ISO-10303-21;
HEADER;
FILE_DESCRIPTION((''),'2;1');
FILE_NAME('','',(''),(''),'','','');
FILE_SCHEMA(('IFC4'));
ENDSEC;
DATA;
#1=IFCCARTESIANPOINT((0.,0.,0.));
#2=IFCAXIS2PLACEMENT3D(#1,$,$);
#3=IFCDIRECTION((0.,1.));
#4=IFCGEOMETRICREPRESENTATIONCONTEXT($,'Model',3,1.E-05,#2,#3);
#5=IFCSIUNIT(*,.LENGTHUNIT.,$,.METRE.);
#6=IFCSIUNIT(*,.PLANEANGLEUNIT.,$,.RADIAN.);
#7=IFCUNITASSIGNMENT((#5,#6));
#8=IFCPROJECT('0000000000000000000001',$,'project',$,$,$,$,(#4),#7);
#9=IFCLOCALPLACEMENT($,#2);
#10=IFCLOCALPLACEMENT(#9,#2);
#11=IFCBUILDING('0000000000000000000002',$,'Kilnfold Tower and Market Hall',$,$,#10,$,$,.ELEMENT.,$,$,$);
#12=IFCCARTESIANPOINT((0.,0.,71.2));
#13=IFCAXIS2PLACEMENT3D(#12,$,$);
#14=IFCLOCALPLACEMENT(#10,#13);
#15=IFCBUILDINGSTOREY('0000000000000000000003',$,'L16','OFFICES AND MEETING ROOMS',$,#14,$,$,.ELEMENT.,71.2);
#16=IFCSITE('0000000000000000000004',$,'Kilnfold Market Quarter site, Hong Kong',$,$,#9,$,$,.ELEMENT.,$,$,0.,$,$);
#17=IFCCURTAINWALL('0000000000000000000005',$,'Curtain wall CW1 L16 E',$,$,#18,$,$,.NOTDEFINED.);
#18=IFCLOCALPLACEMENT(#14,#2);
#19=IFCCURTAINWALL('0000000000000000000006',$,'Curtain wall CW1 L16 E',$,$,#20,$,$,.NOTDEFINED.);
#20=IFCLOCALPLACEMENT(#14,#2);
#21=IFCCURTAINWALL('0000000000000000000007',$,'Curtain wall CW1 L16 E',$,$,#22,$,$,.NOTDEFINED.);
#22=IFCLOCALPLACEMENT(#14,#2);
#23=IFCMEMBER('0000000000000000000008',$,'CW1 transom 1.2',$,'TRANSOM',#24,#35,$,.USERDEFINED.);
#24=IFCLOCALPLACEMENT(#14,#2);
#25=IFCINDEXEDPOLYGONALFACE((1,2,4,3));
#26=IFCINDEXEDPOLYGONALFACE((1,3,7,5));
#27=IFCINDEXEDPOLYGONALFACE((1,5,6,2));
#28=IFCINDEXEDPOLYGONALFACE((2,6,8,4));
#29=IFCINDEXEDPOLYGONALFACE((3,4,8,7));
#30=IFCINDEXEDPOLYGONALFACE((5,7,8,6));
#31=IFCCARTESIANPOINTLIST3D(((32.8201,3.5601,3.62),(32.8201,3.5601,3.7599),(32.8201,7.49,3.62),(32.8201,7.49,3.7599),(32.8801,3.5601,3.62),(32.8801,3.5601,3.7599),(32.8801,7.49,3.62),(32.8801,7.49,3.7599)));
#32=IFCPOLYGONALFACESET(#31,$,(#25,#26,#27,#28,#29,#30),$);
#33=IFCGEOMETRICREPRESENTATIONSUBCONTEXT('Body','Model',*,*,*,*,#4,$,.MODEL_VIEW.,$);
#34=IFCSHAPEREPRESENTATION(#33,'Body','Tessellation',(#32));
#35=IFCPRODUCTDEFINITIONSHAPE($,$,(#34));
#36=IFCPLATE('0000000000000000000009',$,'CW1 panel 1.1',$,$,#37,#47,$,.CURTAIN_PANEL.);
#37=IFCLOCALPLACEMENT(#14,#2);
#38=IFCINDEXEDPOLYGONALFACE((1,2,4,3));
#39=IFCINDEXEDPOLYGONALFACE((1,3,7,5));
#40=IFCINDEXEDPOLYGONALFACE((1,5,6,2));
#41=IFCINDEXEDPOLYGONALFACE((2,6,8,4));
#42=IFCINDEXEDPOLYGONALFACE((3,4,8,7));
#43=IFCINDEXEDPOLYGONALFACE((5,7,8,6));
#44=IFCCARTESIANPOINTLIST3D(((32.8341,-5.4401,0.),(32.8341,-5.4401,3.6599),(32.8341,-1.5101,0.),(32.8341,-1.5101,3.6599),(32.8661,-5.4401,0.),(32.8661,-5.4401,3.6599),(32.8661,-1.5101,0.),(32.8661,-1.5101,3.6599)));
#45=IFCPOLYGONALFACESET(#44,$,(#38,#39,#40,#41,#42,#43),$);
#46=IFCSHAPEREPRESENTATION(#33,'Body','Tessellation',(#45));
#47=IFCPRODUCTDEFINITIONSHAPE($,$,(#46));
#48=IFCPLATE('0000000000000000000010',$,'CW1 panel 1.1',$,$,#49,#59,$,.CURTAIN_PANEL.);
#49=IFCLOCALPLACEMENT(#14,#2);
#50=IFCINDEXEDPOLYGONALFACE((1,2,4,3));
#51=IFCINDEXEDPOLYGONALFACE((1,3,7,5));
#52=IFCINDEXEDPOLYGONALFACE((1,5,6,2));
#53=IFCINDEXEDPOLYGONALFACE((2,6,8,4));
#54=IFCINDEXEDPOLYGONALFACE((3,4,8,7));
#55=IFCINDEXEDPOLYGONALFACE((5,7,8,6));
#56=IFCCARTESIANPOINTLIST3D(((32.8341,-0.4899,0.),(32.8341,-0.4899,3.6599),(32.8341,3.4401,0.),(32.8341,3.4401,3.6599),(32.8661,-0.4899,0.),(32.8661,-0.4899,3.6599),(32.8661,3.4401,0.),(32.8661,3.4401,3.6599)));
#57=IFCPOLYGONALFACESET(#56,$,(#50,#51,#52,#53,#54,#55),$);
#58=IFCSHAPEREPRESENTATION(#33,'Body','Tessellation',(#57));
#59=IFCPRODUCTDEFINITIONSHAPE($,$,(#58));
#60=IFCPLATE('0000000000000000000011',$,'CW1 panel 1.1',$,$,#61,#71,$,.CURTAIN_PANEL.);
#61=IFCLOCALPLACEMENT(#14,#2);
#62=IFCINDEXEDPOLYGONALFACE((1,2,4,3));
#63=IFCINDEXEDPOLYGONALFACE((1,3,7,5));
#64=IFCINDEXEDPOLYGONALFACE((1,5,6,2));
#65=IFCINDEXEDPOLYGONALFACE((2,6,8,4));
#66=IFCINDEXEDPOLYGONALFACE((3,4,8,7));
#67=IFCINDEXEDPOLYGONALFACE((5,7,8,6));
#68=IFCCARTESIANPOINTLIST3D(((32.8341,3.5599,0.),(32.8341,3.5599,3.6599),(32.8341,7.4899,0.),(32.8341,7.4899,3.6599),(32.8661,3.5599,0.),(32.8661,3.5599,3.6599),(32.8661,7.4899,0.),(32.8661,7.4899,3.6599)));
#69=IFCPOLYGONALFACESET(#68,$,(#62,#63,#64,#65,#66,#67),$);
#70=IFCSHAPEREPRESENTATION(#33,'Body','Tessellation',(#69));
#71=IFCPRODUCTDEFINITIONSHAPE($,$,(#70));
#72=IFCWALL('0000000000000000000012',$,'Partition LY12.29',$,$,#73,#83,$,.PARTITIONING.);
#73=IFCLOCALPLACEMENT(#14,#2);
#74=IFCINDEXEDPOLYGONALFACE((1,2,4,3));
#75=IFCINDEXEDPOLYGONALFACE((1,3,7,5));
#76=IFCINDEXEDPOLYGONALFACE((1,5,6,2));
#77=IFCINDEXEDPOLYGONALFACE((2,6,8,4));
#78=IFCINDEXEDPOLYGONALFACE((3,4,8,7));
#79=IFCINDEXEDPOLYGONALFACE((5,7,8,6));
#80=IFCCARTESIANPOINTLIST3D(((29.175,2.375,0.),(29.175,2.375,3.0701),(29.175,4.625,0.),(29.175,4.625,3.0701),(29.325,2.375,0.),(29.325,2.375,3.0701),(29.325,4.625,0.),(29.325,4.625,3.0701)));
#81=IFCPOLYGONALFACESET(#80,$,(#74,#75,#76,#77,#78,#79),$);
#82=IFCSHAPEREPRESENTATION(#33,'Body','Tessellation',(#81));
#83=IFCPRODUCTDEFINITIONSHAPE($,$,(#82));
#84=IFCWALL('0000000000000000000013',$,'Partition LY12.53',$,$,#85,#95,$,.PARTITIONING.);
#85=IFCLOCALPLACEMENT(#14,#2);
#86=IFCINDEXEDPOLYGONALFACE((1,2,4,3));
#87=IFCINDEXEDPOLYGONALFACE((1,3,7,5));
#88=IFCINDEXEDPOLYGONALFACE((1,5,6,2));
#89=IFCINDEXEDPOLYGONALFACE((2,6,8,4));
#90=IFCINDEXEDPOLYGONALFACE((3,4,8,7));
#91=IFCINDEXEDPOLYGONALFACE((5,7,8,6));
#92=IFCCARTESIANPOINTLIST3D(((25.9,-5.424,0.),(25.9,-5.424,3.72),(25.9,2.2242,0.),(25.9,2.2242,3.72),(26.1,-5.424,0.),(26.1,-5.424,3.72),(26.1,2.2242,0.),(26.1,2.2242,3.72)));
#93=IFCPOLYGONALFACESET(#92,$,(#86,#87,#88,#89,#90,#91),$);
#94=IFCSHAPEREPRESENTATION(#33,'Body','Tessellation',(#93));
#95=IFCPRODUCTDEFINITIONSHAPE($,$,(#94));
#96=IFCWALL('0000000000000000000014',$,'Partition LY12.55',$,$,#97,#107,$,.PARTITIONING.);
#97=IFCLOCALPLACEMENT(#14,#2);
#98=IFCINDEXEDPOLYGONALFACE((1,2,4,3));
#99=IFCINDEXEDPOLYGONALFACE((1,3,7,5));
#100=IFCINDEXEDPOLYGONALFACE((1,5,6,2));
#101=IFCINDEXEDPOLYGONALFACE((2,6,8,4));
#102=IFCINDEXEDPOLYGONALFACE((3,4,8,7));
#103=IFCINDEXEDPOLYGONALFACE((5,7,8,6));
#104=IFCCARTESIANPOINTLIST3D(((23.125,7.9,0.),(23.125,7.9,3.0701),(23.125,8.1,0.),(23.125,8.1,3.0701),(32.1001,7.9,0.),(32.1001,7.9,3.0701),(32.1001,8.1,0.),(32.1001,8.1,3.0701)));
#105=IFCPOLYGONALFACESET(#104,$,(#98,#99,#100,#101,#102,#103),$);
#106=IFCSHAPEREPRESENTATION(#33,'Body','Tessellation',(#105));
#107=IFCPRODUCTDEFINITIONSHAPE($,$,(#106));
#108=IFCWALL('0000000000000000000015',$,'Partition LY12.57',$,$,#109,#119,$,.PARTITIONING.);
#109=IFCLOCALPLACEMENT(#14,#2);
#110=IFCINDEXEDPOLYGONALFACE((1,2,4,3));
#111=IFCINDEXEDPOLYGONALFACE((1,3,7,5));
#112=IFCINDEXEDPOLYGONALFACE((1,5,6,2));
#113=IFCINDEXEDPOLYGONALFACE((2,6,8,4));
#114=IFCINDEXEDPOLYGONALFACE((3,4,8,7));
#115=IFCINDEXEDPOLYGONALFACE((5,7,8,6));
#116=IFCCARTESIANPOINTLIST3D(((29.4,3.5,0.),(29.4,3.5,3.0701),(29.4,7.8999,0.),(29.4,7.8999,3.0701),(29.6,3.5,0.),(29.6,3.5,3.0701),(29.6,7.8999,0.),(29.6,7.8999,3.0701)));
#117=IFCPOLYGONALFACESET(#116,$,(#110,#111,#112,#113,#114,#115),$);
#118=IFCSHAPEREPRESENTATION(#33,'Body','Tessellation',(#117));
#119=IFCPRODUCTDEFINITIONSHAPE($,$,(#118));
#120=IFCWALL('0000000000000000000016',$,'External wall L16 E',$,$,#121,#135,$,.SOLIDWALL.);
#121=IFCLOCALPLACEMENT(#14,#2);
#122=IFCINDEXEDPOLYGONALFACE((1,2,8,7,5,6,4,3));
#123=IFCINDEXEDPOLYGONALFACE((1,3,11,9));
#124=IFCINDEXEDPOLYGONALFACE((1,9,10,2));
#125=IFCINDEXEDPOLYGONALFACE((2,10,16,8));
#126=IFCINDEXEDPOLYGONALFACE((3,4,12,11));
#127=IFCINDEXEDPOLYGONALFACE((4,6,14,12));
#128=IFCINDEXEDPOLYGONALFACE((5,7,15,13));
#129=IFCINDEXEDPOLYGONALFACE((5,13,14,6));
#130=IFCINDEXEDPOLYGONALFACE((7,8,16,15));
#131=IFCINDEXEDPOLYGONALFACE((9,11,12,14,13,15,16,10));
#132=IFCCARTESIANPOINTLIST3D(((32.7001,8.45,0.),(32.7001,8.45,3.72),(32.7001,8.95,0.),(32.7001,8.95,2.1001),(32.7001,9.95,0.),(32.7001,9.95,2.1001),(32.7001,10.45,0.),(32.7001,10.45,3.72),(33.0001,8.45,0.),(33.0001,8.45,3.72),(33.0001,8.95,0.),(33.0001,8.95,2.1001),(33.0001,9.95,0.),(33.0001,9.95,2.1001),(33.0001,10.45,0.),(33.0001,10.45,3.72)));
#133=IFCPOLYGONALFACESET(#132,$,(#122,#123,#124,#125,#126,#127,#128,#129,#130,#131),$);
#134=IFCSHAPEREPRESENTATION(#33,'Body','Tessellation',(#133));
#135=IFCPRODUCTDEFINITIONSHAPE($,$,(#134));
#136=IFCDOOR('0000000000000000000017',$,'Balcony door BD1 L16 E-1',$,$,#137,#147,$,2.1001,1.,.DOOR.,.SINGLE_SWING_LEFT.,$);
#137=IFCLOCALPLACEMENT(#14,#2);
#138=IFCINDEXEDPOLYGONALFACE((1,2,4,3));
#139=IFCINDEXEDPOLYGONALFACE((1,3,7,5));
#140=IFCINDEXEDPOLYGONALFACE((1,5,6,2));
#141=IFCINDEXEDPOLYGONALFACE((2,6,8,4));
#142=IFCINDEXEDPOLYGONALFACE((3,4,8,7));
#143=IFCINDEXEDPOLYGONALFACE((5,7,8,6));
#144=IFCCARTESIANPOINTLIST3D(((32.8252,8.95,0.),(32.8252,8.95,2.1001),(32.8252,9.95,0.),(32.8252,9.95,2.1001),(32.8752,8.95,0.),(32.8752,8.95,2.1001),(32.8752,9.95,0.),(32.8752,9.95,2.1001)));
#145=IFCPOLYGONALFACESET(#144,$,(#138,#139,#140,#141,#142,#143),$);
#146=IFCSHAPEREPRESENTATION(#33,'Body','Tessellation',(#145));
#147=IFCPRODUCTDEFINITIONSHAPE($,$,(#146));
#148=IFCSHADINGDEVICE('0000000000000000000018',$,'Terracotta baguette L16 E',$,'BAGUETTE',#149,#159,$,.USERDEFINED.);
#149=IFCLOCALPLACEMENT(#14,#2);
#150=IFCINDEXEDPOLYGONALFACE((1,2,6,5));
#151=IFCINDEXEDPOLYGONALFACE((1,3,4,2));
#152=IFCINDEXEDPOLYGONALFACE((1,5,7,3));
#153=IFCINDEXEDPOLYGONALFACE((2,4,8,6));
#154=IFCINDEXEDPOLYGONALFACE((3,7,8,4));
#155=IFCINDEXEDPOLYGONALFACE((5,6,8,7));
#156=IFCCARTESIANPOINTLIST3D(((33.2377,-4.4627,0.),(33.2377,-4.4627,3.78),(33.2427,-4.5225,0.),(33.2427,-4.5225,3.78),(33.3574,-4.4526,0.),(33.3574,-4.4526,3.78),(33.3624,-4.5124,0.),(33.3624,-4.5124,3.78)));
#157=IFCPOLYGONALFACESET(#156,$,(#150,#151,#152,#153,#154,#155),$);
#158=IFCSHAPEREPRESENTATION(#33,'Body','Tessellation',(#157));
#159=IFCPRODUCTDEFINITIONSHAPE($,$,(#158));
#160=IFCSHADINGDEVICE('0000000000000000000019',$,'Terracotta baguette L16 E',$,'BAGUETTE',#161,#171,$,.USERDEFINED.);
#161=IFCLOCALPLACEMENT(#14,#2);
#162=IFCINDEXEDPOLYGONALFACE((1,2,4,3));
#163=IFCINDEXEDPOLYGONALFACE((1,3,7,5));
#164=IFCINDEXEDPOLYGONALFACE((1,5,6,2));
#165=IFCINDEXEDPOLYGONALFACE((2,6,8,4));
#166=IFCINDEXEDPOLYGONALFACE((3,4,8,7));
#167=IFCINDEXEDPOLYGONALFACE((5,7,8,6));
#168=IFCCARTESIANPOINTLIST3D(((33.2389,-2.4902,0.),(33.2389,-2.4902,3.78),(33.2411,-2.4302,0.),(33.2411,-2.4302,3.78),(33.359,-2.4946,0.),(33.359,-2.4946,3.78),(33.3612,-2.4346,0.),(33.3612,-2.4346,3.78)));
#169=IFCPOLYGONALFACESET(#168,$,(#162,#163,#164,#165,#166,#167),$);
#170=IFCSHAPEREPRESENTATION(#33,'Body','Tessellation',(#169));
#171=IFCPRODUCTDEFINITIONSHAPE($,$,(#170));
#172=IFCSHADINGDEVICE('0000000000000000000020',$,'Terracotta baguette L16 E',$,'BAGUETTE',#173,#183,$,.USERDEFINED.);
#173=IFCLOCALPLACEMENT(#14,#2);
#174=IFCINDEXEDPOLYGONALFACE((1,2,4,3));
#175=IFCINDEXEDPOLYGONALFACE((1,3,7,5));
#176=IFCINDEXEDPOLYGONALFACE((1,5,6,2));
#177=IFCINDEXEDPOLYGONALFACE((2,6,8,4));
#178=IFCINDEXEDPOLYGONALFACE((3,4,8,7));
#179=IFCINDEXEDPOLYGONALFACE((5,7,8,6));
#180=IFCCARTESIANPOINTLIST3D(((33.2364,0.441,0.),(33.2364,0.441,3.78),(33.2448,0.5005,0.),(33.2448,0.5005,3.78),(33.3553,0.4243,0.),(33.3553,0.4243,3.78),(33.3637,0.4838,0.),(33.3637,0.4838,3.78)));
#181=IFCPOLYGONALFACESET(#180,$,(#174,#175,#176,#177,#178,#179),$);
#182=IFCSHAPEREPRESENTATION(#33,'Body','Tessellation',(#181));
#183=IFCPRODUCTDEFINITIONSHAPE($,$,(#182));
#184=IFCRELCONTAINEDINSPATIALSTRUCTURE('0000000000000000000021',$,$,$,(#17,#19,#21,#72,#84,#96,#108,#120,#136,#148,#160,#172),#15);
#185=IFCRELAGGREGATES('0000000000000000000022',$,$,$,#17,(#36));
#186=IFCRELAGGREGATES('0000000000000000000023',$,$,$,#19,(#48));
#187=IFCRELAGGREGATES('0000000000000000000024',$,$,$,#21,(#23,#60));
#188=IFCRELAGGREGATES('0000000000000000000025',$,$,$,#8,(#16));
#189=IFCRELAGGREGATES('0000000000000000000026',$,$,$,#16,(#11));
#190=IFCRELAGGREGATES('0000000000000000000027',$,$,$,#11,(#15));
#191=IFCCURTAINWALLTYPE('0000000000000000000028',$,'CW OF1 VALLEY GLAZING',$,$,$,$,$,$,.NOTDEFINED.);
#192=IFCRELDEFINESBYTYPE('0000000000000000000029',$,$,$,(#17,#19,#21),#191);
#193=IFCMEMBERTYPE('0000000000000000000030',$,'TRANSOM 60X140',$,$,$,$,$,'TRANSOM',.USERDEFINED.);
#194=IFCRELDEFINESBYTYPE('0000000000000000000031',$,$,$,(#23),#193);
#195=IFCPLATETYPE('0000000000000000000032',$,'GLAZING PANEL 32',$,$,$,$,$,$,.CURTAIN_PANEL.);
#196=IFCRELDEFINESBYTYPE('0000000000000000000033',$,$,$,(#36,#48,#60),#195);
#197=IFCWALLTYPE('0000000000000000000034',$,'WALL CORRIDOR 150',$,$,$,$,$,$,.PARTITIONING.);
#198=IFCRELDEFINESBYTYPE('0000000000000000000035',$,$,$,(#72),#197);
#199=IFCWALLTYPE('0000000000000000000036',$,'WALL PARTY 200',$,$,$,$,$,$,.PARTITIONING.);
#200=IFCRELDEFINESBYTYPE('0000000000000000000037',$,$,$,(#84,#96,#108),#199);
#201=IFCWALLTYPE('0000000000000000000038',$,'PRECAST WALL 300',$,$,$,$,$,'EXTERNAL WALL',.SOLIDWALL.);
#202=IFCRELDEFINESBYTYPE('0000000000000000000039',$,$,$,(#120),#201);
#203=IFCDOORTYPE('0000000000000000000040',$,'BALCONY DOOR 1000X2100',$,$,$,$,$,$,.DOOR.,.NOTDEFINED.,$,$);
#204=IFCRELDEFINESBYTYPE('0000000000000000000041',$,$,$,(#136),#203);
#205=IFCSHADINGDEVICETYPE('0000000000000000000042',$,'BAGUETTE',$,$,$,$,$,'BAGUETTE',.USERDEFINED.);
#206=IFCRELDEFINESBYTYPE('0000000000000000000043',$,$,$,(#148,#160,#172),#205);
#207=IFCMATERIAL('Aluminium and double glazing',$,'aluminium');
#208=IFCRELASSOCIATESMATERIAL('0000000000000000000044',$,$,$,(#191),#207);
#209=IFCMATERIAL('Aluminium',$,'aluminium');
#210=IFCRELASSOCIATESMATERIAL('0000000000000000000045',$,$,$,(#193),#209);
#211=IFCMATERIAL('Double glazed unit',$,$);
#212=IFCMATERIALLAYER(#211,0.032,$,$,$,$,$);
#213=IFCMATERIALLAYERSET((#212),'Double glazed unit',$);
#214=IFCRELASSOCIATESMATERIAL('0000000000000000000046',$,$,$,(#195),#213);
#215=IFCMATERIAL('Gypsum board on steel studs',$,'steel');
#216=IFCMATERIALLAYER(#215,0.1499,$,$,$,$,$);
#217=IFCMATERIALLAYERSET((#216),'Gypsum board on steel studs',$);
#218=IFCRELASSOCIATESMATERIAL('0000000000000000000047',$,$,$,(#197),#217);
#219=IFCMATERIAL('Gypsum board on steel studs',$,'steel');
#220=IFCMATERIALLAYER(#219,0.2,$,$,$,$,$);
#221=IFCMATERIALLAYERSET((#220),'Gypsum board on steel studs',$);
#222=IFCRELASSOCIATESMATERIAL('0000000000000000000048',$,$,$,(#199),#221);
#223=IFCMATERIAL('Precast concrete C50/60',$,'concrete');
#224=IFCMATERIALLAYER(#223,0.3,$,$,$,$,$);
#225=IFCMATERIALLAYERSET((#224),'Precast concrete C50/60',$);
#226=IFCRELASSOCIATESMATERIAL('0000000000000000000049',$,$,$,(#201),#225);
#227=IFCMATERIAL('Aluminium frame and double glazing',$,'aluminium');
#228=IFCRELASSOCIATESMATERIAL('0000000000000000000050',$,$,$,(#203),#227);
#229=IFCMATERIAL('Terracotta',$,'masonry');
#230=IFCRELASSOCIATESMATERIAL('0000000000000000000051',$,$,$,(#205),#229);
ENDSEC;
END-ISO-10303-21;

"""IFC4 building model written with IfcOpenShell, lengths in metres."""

from ifc_helpers import new_model, si_unit, direction, frame, frame_2d, origin, origin_2d, place, context, subcontext, project, spatial, rectangle, extrude, source, transform, mapped, material, layer, layer_set, material_profile, profile_set, type_object, element, fill, aggregate, save


model = new_model("IFC4")

# Units and contexts
model_context = context("Model", 3, precision=1e-05, world=origin(), true_north=direction((0.0, 1.0)))
body_context = subcontext(model_context, "Body", "Model", "MODEL_VIEW")
ifc_project = project(units=[si_unit("LENGTHUNIT", "METRE"), si_unit("PLANEANGLEUNIT", "RADIAN")], contexts=[model_context])

# Site, building, storey
site_placement = place(None, origin())
site = spatial("IfcSite", under=ifc_project, at=site_placement, Name="Kilnfold Market Quarter site, Hong Kong", CompositionType="ELEMENT", RefElevation=0.0)
building_placement = place(site_placement, origin())
building = spatial("IfcBuilding", under=site, at=building_placement, Name="Kilnfold Tower and Market Hall", CompositionType="ELEMENT")
storey_placement = place(building_placement, frame((0.0, 0.0, 71.2)))
storey = spatial("IfcBuildingStorey", under=building, at=storey_placement, Name="L16", Description="OFFICES AND MEETING ROOMS", CompositionType="ELEMENT", Elevation=71.2)

# Curtain wall
ifc_material_1 = material(Name="Aluminium and double glazing", Category="aluminium")
curtain_wall_type = type_object("IfcCurtainWallType", Name="CW OF1 VALLEY GLAZING", PredefinedType="NOTDEFINED", material=ifc_material_1)
curtain_wall_1_placement = place(storey_placement, origin())
curtain_wall_1 = element("IfcCurtainWall", 1, at=curtain_wall_1_placement, inside=storey, type_object=curtain_wall_type, Name="Curtain wall CW1 L16 E", PredefinedType="NOTDEFINED")

# Curtain walls
curtain_wall_2_placement = place(storey_placement, origin())
curtain_wall_2 = element("IfcCurtainWall", 2, at=curtain_wall_2_placement, inside=storey, type_object=curtain_wall_type, Name="Curtain wall CW1 L16 E", PredefinedType="NOTDEFINED")
curtain_wall_3_placement = place(storey_placement, origin())
curtain_wall_3 = element("IfcCurtainWall", 3, at=curtain_wall_3_placement, inside=storey, type_object=curtain_wall_type, Name="Curtain wall CW1 L16 E", PredefinedType="NOTDEFINED")

# Member
ifc_material_2 = material(Name="Aluminium", Category="aluminium")
ifc_material_profile_1 = material_profile(ifc_material_2, rectangle(XDim=0.0601, YDim=0.1399, at=origin_2d()), Name="TRANSOM 60x140")
ifc_profile_set_1 = profile_set([ifc_material_profile_1], Name="Aluminium")
member_type_1 = type_object("IfcMemberType", Name="TRANSOM 60X140", ElementType="TRANSOM", PredefinedType="USERDEFINED", material=ifc_profile_set_1)
shared_shape_1 = source(origin(), body_context, "Body", "SweptSolid", [
    extrude(rectangle(XDim=0.0601, YDim=0.1399, at=origin_2d()), origin(), (0.0, 0.0, 1.0), 3.9299),
])
member_1_placement = place(storey_placement, frame((32.8501, 3.5601, 3.6899), z_axis=(0.0, 1.0, 0.0), x_axis=(-1.0, 0.0, 0.0)))
member_1 = element("IfcMember", 4, at=member_1_placement, type_object=member_type_1, Name="CW1 transom 1.2", ObjectType="TRANSOM", PredefinedType="USERDEFINED", context=body_context, shape_type="MappedRepresentation", body=[
    mapped(shared_shape_1, transform((0.0, 0.0, 0.0))),
])

# Plates
ifc_material_3 = material(Name="Double glazed unit")
ifc_layer_1 = layer(ifc_material_3, 0.032)
ifc_layer_set_1 = layer_set([ifc_layer_1], Name="Double glazed unit")
plate_type = type_object("IfcPlateType", Name="GLAZING PANEL 32", PredefinedType="CURTAIN_PANEL", material=ifc_layer_set_1)
shared_shape_2 = source(origin(), body_context, "Body", "SweptSolid", [
    extrude(rectangle(XDim=3.9299, YDim=0.032, at=origin_2d()), origin(), (0.0, 0.0, 1.0), 3.6599),
])
plate_1_placement = place(storey_placement, frame((32.8501, -3.4751, 0.0), z_axis=(0.0, 0.0, 1.0), x_axis=(0.0, 1.0, 0.0)))
plate_1 = element("IfcPlate", 5, at=plate_1_placement, type_object=plate_type, Name="CW1 panel 1.1", PredefinedType="CURTAIN_PANEL", context=body_context, shape_type="MappedRepresentation", body=[
    mapped(shared_shape_2, transform((0.0, 0.0, 0.0))),
])
aggregate(curtain_wall_1, [plate_1])
plate_2_placement = place(storey_placement, frame((32.8501, 1.4751, 0.0), z_axis=(0.0, 0.0, 1.0), x_axis=(0.0, 1.0, 0.0)))
plate_2 = element("IfcPlate", 6, at=plate_2_placement, type_object=plate_type, Name="CW1 panel 1.1", PredefinedType="CURTAIN_PANEL", context=body_context, shape_type="MappedRepresentation", body=[
    mapped(shared_shape_2, transform((0.0, 0.0, 0.0))),
])
aggregate(curtain_wall_2, [plate_2])
plate_3_placement = place(storey_placement, frame((32.8501, 5.5249, 0.0), z_axis=(0.0, 0.0, 1.0), x_axis=(0.0, 1.0, 0.0)))
plate_3 = element("IfcPlate", 7, at=plate_3_placement, type_object=plate_type, Name="CW1 panel 1.1", PredefinedType="CURTAIN_PANEL", context=body_context, shape_type="MappedRepresentation", body=[
    mapped(shared_shape_2, transform((0.0, 0.0, 0.0))),
])
aggregate(curtain_wall_3, [member_1, plate_3])

# Walls
ifc_material_4 = material(Name="Gypsum board on steel studs", Category="steel")
ifc_layer_2 = layer(ifc_material_4, 0.1499)
ifc_layer_set_2 = layer_set([ifc_layer_2], Name="Gypsum board on steel studs")
wall_type_1 = type_object("IfcWallType", Name="WALL CORRIDOR 150", PredefinedType="PARTITIONING", material=ifc_layer_set_2)
wall_1_placement = place(storey_placement, frame((29.25, 2.375, 0.0), z_axis=(0.0, 0.0, 1.0), x_axis=(0.0, 1.0, 0.0)))
element("IfcWall", 8, at=wall_1_placement, inside=storey, type_object=wall_type_1, Name="Partition LY12.29", PredefinedType="PARTITIONING", context=body_context, shape_type="SweptSolid", body=[
    extrude(rectangle(XDim=2.25, YDim=0.1499, at=frame_2d((1.125, 0.0))), origin(), (0.0, 0.0, 1.0), 3.0701),
])
ifc_material_5 = material(Name="Gypsum board on steel studs", Category="steel")
ifc_layer_3 = layer(ifc_material_5, 0.2)
ifc_layer_set_3 = layer_set([ifc_layer_3], Name="Gypsum board on steel studs")
wall_type_2 = type_object("IfcWallType", Name="WALL PARTY 200", PredefinedType="PARTITIONING", material=ifc_layer_set_3)
wall_2_placement = place(storey_placement, frame((26.0, -5.4241, 0.0), z_axis=(0.0, 0.0, 1.0), x_axis=(0.0, 1.0, 0.0)))
element("IfcWall", 9, at=wall_2_placement, inside=storey, type_object=wall_type_2, Name="Partition LY12.53", PredefinedType="PARTITIONING", context=body_context, shape_type="SweptSolid", body=[
    extrude(rectangle(XDim=7.6482, YDim=0.2, at=frame_2d((3.8242, 0.0))), origin(), (0.0, 0.0, 1.0), 3.72),
])
wall_3_placement = place(storey_placement, frame((23.125, 8.0, 0.0), z_axis=(0.0, 0.0, 1.0), x_axis=(1.0, 0.0, 0.0)))
element("IfcWall", 10, at=wall_3_placement, inside=storey, type_object=wall_type_2, Name="Partition LY12.55", PredefinedType="PARTITIONING", context=body_context, shape_type="SweptSolid", body=[
    extrude(rectangle(XDim=8.9751, YDim=0.2, at=frame_2d((4.4875, 0.0))), origin(), (0.0, 0.0, 1.0), 3.0701),
])
wall_4_placement = place(storey_placement, frame((29.5, 3.5, 0.0), z_axis=(0.0, 0.0, 1.0), x_axis=(0.0, 1.0, 0.0)))
element("IfcWall", 11, at=wall_4_placement, inside=storey, type_object=wall_type_2, Name="Partition LY12.57", PredefinedType="PARTITIONING", context=body_context, shape_type="SweptSolid", body=[
    extrude(rectangle(XDim=4.3999, YDim=0.2, at=frame_2d((2.2, 0.0))), origin(), (0.0, 0.0, 1.0), 3.0701),
])

# Wall, opening, door
ifc_material_6 = material(Name="Precast concrete C50/60", Category="concrete")
ifc_layer_4 = layer(ifc_material_6, 0.3)
ifc_layer_set_4 = layer_set([ifc_layer_4], Name="Precast concrete C50/60")
wall_type_3 = type_object("IfcWallType", Name="PRECAST WALL 300", ElementType="EXTERNAL WALL", PredefinedType="SOLIDWALL", material=ifc_layer_set_4)
shared_shape_3 = source(origin(), body_context, "Body", "SweptSolid", [
    extrude(rectangle(XDim=2.0, YDim=0.3, at=frame_2d((1.0, 0.0))), origin(), (0.0, 0.0, 1.0), 3.72),
])
wall_5_placement = place(storey_placement, frame((32.8501, 8.45, 0.0), z_axis=(0.0, 0.0, 1.0), x_axis=(0.0, 1.0, 0.0)))
wall_5 = element("IfcWall", 12, at=wall_5_placement, inside=storey, type_object=wall_type_3, Name="External wall L16 E", PredefinedType="SOLIDWALL", context=body_context, shape_type="MappedRepresentation", body=[
    mapped(shared_shape_3, transform((0.0, 0.0, 0.0))),
])
opening_placement = place(wall_5_placement, frame((0.5, 0.0, 0.0)))
opening = element("IfcOpeningElement", 13, at=opening_placement, cuts=wall_5, PredefinedType="OPENING", context=body_context, shape_type="SweptSolid", body=[
    extrude(rectangle(XDim=1.0, YDim=2.1001, at=frame_2d((0.5, 1.05))), frame((0.0, 0.1602, 0.0), z_axis=(0.0, -1.0, 0.0), x_axis=(1.0, 0.0, 0.0)), (0.0, 0.0, 1.0), 0.3201),
])
ifc_material_7 = material(Name="Aluminium frame and double glazing", Category="aluminium")
door_type = type_object("IfcDoorType", Name="BALCONY DOOR 1000X2100", OperationType="NOTDEFINED", PredefinedType="DOOR", material=ifc_material_7)
door_placement = place(opening_placement, origin())
door = element("IfcDoor", 14, at=door_placement, inside=storey, type_object=door_type, Name="Balcony door BD1 L16 E-1", OperationType="SINGLE_SWING_LEFT", OverallHeight=2.1001, OverallWidth=1.0, PredefinedType="DOOR", context=body_context, shape_type="SweptSolid", body=[
    extrude(rectangle(XDim=1.0, YDim=2.1001, at=frame_2d((0.5, 1.05))), frame((0.0, 0.0249, 0.0), z_axis=(0.0, -1.0, 0.0), x_axis=(1.0, 0.0, 0.0)), (0.0, 0.0, 1.0), 0.05),
])
fill(opening, door)

# Shading devices
ifc_material_8 = material(Name="Terracotta", Category="masonry")
ifc_material_profile_2 = material_profile(ifc_material_8, rectangle(XDim=0.0601, YDim=0.1201, at=origin_2d()), Name="BAG 60x120")
ifc_profile_set_2 = profile_set([ifc_material_profile_2], Name="Terracotta")
shading_device_type = type_object("IfcShadingDeviceType", Name="BAGUETTE", ElementType="BAGUETTE", PredefinedType="USERDEFINED", material=ifc_profile_set_2)
shared_shape_4 = source(origin(), body_context, "Body", "SweptSolid", [
    extrude(rectangle(XDim=0.0601, YDim=0.1201, at=origin_2d()), origin(), (0.0, 0.0, 1.0), 3.78),
])
for number, where, z_axis, x_axis, name in (
    (15, (33.3, -4.4875, 0.0), (0.0, 0.0, 1.0), (-0.084073, 0.99646, 0.0), "Terracotta baguette L16 E"),
    (16, (33.3, -2.4624, 0.0), (0.0, 0.0, 1.0), (0.036126, 0.999347, 0.0), "Terracotta baguette L16 E"),
    (17, (33.3, 0.4624, 0.0), (0.0, 0.0, 1.0), (0.139171, 0.990268, 0.0), "Terracotta baguette L16 E"),
):
    element("IfcShadingDevice", number, at=place(storey_placement, frame(where, z_axis=z_axis, x_axis=x_axis)), inside=storey, type_object=shading_device_type, Name=name, ObjectType="BAGUETTE", PredefinedType="USERDEFINED", context=body_context, shape_type="MappedRepresentation", body=[
        mapped(shared_shape_4, transform((0.0, 0.0, 0.0))),
    ])

save(model, "model.ifc")
